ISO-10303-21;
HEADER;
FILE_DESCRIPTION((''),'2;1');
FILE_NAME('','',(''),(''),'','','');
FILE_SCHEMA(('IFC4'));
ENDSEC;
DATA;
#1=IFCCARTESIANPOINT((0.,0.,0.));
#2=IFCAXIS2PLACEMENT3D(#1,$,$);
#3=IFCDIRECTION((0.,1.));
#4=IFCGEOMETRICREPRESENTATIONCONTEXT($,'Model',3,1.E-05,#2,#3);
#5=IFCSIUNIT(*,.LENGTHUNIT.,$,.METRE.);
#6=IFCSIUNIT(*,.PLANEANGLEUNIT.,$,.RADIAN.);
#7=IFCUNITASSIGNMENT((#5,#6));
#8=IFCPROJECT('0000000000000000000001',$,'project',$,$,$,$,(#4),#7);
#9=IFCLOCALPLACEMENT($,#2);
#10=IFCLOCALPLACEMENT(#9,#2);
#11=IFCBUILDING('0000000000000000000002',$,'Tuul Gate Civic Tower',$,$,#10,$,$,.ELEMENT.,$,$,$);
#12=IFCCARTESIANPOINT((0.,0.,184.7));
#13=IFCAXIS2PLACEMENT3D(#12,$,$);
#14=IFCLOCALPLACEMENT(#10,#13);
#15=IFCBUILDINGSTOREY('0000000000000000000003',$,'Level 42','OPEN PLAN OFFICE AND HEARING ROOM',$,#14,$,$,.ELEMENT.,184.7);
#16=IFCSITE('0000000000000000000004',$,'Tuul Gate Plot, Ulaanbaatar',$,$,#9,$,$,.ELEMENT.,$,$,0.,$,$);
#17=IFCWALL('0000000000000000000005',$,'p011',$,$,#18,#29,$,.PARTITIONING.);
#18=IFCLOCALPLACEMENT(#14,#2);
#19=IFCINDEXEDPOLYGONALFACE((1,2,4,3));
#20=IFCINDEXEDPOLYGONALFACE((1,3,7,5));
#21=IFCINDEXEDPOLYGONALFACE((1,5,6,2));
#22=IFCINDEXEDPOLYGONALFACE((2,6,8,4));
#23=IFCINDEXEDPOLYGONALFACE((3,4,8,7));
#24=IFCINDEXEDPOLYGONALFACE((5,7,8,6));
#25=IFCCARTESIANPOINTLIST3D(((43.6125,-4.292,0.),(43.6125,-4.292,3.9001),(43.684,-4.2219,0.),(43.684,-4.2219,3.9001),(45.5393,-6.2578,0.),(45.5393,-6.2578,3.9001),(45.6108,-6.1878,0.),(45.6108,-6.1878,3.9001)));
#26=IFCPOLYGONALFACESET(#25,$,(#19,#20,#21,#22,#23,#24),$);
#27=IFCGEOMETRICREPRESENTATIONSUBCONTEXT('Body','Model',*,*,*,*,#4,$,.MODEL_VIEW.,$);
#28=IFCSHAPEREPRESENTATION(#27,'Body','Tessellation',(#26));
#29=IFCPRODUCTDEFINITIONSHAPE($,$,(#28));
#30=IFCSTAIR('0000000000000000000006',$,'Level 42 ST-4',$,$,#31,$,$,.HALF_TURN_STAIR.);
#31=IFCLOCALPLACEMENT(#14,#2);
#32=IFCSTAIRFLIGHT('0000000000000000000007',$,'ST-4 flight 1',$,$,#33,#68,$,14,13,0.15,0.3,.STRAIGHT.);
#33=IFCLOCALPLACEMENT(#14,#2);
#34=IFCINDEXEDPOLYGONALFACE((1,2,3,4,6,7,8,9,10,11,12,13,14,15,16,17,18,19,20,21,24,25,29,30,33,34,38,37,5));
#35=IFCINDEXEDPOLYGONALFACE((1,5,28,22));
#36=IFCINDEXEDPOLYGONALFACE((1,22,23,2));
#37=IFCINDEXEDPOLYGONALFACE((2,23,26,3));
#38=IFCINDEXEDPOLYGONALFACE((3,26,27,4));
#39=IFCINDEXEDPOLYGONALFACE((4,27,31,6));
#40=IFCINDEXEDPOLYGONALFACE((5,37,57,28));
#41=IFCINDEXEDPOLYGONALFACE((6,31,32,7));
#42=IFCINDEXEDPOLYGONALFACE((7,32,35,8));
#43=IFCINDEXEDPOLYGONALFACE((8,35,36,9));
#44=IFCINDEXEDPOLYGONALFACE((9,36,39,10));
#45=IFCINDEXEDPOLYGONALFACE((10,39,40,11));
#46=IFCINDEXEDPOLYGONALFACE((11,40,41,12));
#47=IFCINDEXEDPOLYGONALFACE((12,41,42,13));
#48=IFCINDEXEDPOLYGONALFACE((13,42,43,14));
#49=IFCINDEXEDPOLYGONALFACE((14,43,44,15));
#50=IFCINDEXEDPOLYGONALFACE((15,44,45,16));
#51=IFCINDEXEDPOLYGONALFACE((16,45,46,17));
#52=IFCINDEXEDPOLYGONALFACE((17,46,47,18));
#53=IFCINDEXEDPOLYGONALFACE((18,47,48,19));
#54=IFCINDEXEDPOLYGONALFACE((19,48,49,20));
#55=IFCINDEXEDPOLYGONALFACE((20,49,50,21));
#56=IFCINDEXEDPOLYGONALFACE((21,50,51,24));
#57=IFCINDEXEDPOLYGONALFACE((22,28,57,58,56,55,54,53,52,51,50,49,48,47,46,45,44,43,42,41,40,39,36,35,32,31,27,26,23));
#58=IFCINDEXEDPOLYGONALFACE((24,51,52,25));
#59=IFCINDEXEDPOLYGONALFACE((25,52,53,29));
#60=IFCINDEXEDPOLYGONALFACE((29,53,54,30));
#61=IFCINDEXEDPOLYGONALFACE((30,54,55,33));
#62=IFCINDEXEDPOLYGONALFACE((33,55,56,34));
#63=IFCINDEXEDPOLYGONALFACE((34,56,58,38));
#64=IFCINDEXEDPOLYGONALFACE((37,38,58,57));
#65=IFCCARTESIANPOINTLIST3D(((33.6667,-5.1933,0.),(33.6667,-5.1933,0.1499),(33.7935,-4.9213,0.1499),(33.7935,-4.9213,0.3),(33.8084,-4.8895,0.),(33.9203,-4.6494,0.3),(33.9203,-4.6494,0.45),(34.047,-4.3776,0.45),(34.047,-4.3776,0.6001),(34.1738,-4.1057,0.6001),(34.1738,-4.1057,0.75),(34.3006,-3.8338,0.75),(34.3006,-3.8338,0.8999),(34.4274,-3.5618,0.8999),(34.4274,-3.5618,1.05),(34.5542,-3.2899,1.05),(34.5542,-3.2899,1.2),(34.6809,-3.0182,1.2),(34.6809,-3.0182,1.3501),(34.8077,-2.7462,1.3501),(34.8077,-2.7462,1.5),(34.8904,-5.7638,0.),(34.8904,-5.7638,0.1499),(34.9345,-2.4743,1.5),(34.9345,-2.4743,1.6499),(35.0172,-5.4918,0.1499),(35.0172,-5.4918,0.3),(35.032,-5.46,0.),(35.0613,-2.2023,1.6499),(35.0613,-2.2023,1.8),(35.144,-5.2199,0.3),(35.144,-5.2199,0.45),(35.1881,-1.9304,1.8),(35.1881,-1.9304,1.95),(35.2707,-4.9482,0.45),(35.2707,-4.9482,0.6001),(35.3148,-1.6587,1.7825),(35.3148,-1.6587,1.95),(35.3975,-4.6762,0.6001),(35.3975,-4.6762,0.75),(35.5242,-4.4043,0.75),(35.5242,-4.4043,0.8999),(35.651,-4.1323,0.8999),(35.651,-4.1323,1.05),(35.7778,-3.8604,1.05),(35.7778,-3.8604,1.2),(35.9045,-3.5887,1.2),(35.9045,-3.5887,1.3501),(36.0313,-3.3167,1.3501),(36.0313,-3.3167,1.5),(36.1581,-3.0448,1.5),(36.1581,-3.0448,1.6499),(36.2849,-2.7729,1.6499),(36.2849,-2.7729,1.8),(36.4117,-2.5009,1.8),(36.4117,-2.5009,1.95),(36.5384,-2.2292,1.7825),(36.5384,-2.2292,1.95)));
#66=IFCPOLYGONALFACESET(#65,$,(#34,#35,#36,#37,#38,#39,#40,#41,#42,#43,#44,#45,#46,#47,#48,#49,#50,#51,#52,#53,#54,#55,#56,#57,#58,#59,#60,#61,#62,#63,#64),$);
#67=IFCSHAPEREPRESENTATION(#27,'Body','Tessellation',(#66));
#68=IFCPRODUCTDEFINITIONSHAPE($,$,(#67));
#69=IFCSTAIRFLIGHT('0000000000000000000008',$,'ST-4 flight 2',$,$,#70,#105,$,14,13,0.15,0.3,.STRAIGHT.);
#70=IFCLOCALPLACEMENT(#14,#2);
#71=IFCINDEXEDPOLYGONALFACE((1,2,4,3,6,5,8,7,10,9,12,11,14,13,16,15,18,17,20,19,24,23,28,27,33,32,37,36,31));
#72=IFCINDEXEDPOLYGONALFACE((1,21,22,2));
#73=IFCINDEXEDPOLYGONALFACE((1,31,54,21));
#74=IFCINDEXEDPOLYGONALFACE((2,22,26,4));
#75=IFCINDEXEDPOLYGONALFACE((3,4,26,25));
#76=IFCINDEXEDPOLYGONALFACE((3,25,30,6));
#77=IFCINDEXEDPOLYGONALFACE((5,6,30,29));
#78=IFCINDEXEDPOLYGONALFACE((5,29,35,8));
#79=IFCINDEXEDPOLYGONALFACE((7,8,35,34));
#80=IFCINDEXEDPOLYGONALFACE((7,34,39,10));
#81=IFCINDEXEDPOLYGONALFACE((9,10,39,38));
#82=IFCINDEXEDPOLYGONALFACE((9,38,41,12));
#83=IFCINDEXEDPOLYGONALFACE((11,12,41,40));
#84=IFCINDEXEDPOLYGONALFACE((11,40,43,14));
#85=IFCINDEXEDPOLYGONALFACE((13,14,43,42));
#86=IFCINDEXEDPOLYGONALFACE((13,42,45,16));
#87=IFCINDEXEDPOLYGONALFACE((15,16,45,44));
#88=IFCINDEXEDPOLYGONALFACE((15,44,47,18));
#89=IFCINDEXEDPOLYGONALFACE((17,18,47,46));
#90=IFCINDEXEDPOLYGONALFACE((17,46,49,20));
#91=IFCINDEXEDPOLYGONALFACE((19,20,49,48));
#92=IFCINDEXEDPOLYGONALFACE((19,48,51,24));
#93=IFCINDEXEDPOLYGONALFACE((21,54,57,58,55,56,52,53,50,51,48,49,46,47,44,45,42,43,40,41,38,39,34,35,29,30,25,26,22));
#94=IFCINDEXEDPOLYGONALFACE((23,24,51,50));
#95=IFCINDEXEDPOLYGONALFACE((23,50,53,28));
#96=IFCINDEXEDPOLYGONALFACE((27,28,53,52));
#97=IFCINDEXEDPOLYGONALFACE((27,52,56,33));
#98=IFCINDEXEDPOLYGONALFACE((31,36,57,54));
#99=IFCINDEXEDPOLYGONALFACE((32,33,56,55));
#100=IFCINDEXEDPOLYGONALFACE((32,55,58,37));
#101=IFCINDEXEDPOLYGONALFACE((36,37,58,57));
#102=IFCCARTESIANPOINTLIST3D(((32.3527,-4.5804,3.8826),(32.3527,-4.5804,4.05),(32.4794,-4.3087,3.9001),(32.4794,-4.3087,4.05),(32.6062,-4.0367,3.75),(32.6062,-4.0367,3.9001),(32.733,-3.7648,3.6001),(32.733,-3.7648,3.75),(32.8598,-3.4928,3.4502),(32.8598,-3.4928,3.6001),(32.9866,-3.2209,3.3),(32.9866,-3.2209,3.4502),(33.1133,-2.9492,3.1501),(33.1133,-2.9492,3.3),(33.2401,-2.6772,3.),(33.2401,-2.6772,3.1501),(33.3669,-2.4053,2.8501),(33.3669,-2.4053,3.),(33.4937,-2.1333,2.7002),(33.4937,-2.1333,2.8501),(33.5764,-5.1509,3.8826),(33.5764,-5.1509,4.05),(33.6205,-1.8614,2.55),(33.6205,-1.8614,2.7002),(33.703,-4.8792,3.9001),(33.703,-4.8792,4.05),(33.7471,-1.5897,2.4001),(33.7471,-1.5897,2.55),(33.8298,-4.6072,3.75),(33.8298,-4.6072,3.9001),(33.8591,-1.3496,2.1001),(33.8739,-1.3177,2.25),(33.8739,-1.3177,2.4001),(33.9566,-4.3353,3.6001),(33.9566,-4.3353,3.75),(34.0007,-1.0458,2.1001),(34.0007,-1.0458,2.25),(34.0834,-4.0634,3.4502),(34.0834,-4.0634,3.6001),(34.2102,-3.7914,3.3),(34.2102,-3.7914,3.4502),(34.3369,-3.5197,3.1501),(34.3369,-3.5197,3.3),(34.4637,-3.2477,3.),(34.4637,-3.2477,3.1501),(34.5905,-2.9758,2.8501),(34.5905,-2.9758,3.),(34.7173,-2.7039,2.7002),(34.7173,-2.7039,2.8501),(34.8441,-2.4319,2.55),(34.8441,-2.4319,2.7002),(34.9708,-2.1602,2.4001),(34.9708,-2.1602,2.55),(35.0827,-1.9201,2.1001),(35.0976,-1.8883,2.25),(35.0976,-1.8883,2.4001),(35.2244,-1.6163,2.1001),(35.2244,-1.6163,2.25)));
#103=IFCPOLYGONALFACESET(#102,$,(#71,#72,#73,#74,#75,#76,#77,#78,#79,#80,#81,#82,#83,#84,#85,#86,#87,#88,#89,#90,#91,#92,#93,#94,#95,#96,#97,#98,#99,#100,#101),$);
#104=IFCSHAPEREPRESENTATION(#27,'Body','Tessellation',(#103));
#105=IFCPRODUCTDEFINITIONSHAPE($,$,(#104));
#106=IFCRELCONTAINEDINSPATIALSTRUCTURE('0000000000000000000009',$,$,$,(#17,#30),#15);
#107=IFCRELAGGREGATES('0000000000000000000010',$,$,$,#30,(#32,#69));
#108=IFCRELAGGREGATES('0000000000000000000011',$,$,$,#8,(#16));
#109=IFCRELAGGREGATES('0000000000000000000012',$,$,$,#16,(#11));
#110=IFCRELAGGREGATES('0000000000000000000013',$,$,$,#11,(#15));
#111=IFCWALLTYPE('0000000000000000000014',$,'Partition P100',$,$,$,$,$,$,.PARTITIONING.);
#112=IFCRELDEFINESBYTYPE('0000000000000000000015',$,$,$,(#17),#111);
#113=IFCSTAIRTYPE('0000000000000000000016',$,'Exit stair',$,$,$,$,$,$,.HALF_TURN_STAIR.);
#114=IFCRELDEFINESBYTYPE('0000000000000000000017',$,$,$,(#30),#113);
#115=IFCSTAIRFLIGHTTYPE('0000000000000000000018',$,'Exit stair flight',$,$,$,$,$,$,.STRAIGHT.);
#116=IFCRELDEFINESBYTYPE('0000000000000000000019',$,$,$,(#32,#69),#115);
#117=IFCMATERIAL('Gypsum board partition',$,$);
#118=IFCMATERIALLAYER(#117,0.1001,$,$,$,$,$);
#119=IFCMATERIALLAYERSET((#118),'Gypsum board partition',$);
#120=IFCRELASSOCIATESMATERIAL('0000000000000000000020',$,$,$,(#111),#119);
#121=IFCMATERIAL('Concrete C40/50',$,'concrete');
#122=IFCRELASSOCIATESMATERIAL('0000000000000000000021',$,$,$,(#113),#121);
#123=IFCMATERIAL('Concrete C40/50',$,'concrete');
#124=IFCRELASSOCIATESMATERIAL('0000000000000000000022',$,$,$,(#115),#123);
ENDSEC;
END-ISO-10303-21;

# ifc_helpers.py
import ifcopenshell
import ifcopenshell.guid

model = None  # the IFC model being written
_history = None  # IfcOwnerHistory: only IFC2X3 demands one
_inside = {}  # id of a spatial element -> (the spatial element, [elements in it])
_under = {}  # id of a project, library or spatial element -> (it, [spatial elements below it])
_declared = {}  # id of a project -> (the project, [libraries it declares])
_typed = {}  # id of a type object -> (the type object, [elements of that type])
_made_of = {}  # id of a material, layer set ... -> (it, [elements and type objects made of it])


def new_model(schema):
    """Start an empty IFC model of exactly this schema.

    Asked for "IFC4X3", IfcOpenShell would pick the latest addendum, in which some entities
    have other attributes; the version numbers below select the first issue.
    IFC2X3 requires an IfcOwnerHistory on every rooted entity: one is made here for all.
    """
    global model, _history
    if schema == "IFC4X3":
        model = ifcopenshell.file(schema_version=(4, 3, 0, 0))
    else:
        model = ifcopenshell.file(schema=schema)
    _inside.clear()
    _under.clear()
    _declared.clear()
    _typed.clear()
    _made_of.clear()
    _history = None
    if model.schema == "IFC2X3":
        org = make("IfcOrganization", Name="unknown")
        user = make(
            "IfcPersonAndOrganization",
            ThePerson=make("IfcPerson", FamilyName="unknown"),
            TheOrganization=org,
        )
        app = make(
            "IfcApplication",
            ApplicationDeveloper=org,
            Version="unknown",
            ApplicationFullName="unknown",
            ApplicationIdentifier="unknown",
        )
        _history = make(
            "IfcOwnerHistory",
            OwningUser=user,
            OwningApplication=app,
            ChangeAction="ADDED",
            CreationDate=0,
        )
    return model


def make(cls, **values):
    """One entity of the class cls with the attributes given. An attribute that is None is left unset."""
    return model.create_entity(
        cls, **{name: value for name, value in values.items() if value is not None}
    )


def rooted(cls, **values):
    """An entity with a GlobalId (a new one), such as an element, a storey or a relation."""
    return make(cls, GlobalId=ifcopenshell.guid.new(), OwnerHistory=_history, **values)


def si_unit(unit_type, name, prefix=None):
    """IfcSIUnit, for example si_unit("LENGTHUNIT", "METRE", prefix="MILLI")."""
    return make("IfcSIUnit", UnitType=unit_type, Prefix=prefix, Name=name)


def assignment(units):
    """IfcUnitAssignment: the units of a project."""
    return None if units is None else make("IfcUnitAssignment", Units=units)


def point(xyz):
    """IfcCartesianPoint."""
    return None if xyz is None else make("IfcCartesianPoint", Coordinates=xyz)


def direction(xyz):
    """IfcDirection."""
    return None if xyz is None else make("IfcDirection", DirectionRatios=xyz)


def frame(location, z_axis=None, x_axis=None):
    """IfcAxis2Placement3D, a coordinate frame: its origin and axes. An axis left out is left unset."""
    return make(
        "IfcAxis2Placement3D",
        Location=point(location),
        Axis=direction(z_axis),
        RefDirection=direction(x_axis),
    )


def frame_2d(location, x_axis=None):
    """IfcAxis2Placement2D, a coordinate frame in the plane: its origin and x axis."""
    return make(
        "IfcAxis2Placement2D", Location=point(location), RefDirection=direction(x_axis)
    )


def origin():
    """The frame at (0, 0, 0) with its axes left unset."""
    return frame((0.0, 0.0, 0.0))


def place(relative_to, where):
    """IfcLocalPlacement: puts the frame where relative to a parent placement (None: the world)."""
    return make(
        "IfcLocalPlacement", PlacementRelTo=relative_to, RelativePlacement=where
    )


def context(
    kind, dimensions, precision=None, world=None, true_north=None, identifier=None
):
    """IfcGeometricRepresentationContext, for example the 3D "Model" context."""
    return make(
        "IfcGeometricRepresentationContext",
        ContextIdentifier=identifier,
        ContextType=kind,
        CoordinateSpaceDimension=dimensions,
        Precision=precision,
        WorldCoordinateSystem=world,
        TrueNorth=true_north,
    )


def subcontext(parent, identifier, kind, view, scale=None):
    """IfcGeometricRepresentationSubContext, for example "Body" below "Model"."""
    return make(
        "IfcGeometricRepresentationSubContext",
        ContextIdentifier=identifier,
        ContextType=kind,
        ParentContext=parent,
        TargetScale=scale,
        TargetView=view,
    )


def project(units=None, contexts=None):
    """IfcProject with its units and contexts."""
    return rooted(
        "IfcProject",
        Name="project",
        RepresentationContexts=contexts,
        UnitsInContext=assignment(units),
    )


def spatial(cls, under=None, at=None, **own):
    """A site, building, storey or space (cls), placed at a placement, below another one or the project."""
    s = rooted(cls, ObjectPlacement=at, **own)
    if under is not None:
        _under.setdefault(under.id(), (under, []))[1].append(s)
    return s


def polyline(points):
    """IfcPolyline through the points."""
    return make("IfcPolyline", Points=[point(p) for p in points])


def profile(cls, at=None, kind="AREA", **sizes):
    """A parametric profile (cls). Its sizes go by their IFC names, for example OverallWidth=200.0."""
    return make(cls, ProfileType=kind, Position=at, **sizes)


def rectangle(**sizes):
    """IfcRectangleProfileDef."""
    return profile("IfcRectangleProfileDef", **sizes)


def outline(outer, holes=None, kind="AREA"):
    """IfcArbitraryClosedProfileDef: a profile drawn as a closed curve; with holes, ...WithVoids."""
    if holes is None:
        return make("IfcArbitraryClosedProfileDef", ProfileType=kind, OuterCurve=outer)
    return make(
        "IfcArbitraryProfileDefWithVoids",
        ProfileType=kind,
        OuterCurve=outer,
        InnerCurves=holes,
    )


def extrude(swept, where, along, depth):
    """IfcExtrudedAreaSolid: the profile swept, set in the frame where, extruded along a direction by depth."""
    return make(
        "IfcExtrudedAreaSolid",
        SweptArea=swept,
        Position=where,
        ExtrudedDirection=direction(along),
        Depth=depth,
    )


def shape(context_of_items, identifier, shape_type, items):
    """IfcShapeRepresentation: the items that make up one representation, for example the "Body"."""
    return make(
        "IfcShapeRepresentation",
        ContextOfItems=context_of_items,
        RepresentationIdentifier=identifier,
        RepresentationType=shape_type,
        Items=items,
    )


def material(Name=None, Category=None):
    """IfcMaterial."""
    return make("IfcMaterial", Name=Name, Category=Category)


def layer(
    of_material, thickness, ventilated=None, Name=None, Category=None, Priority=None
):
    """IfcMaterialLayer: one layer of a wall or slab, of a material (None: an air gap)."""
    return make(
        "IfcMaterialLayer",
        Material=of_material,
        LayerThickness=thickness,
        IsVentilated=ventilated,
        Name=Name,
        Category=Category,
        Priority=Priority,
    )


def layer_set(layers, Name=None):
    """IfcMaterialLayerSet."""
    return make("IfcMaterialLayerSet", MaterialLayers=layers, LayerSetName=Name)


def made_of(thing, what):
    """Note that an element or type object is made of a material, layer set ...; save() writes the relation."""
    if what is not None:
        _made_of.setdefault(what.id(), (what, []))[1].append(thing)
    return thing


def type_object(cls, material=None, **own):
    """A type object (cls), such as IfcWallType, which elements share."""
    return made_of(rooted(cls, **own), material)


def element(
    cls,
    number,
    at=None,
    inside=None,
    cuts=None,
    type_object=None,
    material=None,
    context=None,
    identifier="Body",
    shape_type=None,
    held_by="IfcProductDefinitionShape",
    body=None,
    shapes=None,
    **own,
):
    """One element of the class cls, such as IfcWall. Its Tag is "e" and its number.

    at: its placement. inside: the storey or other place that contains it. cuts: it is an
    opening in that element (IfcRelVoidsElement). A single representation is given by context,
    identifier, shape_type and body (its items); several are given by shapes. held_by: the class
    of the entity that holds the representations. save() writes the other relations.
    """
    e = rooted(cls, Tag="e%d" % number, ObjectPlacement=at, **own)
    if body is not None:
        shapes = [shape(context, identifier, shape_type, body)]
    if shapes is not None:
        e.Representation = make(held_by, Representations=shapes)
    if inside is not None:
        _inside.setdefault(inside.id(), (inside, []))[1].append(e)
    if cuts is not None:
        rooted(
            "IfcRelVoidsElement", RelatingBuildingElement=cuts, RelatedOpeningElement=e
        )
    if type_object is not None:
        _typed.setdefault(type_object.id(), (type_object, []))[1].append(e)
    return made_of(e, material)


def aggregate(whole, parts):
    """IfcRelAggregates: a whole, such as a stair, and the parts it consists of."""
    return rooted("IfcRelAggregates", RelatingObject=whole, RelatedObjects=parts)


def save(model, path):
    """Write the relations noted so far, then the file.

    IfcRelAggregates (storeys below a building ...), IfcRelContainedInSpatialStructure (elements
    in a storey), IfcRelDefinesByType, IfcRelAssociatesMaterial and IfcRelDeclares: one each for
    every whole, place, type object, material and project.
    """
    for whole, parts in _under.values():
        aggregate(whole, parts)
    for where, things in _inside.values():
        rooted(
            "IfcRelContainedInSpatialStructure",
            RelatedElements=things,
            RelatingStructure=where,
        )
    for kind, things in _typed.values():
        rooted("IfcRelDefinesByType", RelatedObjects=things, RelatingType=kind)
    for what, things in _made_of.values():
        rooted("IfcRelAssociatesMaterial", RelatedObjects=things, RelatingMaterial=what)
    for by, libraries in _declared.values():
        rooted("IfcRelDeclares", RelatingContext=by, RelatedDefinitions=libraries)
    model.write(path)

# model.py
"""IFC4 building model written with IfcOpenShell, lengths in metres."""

from ifc_helpers import new_model, si_unit, direction, frame, frame_2d, origin, place, context, subcontext, project, spatial, polyline, rectangle, outline, extrude, material, layer, layer_set, type_object, element, aggregate, save


model = new_model("IFC4")

# Units and contexts
model_context = context("Model", 3, precision=1e-05, world=origin(), true_north=direction((0.0, 1.0)))
body_context = subcontext(model_context, "Body", "Model", "MODEL_VIEW")
ifc_project = project(units=[si_unit("LENGTHUNIT", "METRE"), si_unit("PLANEANGLEUNIT", "RADIAN")], contexts=[model_context])

# Site, building, storey
site_placement = place(None, origin())
site = spatial("IfcSite", under=ifc_project, at=site_placement, Name="Tuul Gate Plot, Ulaanbaatar", CompositionType="ELEMENT", RefElevation=0.0)
building_placement = place(site_placement, origin())
building = spatial("IfcBuilding", under=site, at=building_placement, Name="Tuul Gate Civic Tower", CompositionType="ELEMENT")
storey_placement = place(building_placement, frame((0.0, 0.0, 184.7)))
storey = spatial("IfcBuildingStorey", under=building, at=storey_placement, Name="Level 42", Description="OPEN PLAN OFFICE AND HEARING ROOM", CompositionType="ELEMENT", Elevation=184.7)

# Wall
ifc_material_1 = material(Name="Gypsum board partition")
ifc_layer_1 = layer(ifc_material_1, 0.1001)
ifc_layer_set_1 = layer_set([ifc_layer_1], Name="Gypsum board partition")
wall_type_1 = type_object("IfcWallType", Name="Partition P100", PredefinedType="PARTITIONING", material=ifc_layer_set_1)
wall_1_placement = place(storey_placement, frame((43.6482, -4.2568, 0.0), z_axis=(0.0, 0.0, 1.0), x_axis=(0.699976, -0.714167, 0.0)))
element("IfcWall", 1, at=wall_1_placement, inside=storey, type_object=wall_type_1, Name="p011", PredefinedType="PARTITIONING", context=body_context, shape_type="SweptSolid", body=[
    extrude(rectangle(XDim=2.7527, YDim=0.1001, at=frame_2d((1.3765, 0.0))), origin(), (0.0, 0.0, 1.0), 3.9001),
])

# Stair, stair flights
ifc_material_2 = material(Name="Concrete C40/50", Category="concrete")
stair_type = type_object("IfcStairType", Name="Exit stair", PredefinedType="HALF_TURN_STAIR", material=ifc_material_2)
stair_placement = place(storey_placement, origin())
stair = element("IfcStair", 2, at=stair_placement, inside=storey, type_object=stair_type, Name="Level 42 ST-4", PredefinedType="HALF_TURN_STAIR")
ifc_material_3 = material(Name="Concrete C40/50", Category="concrete")
stair_flight_type = type_object("IfcStairFlightType", Name="Exit stair flight", PredefinedType="STRAIGHT", material=ifc_material_3)
stair_flight_1_placement = place(storey_placement, frame((34.2786, -5.4785, 0.0), z_axis=(0.0, 0.0, 1.0), x_axis=(0.422576, 0.906327, 0.0)))
stair_flight_1 = element("IfcStairFlight", 3, at=stair_flight_1_placement, type_object=stair_flight_type, Name="ST-4 flight 1", NumberOfRisers=14, NumberOfTreads=13, PredefinedType="STRAIGHT", RiserHeight=0.15, TreadLength=0.3, context=body_context, shape_type="SweptSolid", body=[
    extrude(outline(polyline([(0.0, 0.0), (0.0, 0.1499), (0.3, 0.1499), (0.3, 0.3), (0.6001, 0.3), (0.6001, 0.45), (0.8999, 0.45), (0.8999, 0.6001), (1.2, 0.6001), (1.2, 0.75), (1.5, 0.75), (1.5, 0.8999), (1.8, 0.8999), (1.8, 1.05), (2.1001, 1.05), (2.1001, 1.2), (2.3999, 1.2), (2.3999, 1.3501), (2.7, 1.3501), (2.7, 1.5), (3.0, 1.5), (3.0, 1.6499), (3.3, 1.6499), (3.3, 1.8), (3.6001, 1.8), (3.6001, 1.95), (3.8999, 1.95), (3.8999, 2.1001), (3.8999, 1.7825), (0.3352, 0.0), (0.0, 0.0)])), frame((0.0, 0.675, 0.0), z_axis=(0.0, -1.0, 0.0), x_axis=(1.0, 0.0, 0.0)), (0.0, 0.0, 1.0), 1.3501),
])
stair_flight_2_placement = place(storey_placement, frame((34.6125, -1.3311, 2.1001), z_axis=(0.0, 0.0, 1.0), x_axis=(-0.422576, -0.906327, 0.0)))
stair_flight_2 = element("IfcStairFlight", 4, at=stair_flight_2_placement, type_object=stair_flight_type, Name="ST-4 flight 2", NumberOfRisers=14, NumberOfTreads=13, PredefinedType="STRAIGHT", RiserHeight=0.15, TreadLength=0.3, context=body_context, shape_type="SweptSolid", body=[
    extrude(outline(polyline([(0.0, 0.0), (0.0, 0.1499), (0.3, 0.1499), (0.3, 0.3), (0.6001, 0.3), (0.6001, 0.45), (0.8999, 0.45), (0.8999, 0.6001), (1.2, 0.6001), (1.2, 0.75), (1.5, 0.75), (1.5, 0.8999), (1.8, 0.8999), (1.8, 1.05), (2.1001, 1.05), (2.1001, 1.2), (2.3999, 1.2), (2.3999, 1.3501), (2.7, 1.3501), (2.7, 1.5), (3.0, 1.5), (3.0, 1.6499), (3.3, 1.6499), (3.3, 1.8), (3.6001, 1.8), (3.6001, 1.95), (3.8999, 1.95), (3.8999, 2.1001), (3.8999, 1.7825), (0.3352, 0.0), (0.0, 0.0)])), frame((0.0, 0.675, 0.0), z_axis=(0.0, -1.0, 0.0), x_axis=(1.0, 0.0, 0.0)), (0.0, 0.0, 1.0), 1.3501),
])
aggregate(stair, [stair_flight_1, stair_flight_2])

save(model, "model.ifc")
